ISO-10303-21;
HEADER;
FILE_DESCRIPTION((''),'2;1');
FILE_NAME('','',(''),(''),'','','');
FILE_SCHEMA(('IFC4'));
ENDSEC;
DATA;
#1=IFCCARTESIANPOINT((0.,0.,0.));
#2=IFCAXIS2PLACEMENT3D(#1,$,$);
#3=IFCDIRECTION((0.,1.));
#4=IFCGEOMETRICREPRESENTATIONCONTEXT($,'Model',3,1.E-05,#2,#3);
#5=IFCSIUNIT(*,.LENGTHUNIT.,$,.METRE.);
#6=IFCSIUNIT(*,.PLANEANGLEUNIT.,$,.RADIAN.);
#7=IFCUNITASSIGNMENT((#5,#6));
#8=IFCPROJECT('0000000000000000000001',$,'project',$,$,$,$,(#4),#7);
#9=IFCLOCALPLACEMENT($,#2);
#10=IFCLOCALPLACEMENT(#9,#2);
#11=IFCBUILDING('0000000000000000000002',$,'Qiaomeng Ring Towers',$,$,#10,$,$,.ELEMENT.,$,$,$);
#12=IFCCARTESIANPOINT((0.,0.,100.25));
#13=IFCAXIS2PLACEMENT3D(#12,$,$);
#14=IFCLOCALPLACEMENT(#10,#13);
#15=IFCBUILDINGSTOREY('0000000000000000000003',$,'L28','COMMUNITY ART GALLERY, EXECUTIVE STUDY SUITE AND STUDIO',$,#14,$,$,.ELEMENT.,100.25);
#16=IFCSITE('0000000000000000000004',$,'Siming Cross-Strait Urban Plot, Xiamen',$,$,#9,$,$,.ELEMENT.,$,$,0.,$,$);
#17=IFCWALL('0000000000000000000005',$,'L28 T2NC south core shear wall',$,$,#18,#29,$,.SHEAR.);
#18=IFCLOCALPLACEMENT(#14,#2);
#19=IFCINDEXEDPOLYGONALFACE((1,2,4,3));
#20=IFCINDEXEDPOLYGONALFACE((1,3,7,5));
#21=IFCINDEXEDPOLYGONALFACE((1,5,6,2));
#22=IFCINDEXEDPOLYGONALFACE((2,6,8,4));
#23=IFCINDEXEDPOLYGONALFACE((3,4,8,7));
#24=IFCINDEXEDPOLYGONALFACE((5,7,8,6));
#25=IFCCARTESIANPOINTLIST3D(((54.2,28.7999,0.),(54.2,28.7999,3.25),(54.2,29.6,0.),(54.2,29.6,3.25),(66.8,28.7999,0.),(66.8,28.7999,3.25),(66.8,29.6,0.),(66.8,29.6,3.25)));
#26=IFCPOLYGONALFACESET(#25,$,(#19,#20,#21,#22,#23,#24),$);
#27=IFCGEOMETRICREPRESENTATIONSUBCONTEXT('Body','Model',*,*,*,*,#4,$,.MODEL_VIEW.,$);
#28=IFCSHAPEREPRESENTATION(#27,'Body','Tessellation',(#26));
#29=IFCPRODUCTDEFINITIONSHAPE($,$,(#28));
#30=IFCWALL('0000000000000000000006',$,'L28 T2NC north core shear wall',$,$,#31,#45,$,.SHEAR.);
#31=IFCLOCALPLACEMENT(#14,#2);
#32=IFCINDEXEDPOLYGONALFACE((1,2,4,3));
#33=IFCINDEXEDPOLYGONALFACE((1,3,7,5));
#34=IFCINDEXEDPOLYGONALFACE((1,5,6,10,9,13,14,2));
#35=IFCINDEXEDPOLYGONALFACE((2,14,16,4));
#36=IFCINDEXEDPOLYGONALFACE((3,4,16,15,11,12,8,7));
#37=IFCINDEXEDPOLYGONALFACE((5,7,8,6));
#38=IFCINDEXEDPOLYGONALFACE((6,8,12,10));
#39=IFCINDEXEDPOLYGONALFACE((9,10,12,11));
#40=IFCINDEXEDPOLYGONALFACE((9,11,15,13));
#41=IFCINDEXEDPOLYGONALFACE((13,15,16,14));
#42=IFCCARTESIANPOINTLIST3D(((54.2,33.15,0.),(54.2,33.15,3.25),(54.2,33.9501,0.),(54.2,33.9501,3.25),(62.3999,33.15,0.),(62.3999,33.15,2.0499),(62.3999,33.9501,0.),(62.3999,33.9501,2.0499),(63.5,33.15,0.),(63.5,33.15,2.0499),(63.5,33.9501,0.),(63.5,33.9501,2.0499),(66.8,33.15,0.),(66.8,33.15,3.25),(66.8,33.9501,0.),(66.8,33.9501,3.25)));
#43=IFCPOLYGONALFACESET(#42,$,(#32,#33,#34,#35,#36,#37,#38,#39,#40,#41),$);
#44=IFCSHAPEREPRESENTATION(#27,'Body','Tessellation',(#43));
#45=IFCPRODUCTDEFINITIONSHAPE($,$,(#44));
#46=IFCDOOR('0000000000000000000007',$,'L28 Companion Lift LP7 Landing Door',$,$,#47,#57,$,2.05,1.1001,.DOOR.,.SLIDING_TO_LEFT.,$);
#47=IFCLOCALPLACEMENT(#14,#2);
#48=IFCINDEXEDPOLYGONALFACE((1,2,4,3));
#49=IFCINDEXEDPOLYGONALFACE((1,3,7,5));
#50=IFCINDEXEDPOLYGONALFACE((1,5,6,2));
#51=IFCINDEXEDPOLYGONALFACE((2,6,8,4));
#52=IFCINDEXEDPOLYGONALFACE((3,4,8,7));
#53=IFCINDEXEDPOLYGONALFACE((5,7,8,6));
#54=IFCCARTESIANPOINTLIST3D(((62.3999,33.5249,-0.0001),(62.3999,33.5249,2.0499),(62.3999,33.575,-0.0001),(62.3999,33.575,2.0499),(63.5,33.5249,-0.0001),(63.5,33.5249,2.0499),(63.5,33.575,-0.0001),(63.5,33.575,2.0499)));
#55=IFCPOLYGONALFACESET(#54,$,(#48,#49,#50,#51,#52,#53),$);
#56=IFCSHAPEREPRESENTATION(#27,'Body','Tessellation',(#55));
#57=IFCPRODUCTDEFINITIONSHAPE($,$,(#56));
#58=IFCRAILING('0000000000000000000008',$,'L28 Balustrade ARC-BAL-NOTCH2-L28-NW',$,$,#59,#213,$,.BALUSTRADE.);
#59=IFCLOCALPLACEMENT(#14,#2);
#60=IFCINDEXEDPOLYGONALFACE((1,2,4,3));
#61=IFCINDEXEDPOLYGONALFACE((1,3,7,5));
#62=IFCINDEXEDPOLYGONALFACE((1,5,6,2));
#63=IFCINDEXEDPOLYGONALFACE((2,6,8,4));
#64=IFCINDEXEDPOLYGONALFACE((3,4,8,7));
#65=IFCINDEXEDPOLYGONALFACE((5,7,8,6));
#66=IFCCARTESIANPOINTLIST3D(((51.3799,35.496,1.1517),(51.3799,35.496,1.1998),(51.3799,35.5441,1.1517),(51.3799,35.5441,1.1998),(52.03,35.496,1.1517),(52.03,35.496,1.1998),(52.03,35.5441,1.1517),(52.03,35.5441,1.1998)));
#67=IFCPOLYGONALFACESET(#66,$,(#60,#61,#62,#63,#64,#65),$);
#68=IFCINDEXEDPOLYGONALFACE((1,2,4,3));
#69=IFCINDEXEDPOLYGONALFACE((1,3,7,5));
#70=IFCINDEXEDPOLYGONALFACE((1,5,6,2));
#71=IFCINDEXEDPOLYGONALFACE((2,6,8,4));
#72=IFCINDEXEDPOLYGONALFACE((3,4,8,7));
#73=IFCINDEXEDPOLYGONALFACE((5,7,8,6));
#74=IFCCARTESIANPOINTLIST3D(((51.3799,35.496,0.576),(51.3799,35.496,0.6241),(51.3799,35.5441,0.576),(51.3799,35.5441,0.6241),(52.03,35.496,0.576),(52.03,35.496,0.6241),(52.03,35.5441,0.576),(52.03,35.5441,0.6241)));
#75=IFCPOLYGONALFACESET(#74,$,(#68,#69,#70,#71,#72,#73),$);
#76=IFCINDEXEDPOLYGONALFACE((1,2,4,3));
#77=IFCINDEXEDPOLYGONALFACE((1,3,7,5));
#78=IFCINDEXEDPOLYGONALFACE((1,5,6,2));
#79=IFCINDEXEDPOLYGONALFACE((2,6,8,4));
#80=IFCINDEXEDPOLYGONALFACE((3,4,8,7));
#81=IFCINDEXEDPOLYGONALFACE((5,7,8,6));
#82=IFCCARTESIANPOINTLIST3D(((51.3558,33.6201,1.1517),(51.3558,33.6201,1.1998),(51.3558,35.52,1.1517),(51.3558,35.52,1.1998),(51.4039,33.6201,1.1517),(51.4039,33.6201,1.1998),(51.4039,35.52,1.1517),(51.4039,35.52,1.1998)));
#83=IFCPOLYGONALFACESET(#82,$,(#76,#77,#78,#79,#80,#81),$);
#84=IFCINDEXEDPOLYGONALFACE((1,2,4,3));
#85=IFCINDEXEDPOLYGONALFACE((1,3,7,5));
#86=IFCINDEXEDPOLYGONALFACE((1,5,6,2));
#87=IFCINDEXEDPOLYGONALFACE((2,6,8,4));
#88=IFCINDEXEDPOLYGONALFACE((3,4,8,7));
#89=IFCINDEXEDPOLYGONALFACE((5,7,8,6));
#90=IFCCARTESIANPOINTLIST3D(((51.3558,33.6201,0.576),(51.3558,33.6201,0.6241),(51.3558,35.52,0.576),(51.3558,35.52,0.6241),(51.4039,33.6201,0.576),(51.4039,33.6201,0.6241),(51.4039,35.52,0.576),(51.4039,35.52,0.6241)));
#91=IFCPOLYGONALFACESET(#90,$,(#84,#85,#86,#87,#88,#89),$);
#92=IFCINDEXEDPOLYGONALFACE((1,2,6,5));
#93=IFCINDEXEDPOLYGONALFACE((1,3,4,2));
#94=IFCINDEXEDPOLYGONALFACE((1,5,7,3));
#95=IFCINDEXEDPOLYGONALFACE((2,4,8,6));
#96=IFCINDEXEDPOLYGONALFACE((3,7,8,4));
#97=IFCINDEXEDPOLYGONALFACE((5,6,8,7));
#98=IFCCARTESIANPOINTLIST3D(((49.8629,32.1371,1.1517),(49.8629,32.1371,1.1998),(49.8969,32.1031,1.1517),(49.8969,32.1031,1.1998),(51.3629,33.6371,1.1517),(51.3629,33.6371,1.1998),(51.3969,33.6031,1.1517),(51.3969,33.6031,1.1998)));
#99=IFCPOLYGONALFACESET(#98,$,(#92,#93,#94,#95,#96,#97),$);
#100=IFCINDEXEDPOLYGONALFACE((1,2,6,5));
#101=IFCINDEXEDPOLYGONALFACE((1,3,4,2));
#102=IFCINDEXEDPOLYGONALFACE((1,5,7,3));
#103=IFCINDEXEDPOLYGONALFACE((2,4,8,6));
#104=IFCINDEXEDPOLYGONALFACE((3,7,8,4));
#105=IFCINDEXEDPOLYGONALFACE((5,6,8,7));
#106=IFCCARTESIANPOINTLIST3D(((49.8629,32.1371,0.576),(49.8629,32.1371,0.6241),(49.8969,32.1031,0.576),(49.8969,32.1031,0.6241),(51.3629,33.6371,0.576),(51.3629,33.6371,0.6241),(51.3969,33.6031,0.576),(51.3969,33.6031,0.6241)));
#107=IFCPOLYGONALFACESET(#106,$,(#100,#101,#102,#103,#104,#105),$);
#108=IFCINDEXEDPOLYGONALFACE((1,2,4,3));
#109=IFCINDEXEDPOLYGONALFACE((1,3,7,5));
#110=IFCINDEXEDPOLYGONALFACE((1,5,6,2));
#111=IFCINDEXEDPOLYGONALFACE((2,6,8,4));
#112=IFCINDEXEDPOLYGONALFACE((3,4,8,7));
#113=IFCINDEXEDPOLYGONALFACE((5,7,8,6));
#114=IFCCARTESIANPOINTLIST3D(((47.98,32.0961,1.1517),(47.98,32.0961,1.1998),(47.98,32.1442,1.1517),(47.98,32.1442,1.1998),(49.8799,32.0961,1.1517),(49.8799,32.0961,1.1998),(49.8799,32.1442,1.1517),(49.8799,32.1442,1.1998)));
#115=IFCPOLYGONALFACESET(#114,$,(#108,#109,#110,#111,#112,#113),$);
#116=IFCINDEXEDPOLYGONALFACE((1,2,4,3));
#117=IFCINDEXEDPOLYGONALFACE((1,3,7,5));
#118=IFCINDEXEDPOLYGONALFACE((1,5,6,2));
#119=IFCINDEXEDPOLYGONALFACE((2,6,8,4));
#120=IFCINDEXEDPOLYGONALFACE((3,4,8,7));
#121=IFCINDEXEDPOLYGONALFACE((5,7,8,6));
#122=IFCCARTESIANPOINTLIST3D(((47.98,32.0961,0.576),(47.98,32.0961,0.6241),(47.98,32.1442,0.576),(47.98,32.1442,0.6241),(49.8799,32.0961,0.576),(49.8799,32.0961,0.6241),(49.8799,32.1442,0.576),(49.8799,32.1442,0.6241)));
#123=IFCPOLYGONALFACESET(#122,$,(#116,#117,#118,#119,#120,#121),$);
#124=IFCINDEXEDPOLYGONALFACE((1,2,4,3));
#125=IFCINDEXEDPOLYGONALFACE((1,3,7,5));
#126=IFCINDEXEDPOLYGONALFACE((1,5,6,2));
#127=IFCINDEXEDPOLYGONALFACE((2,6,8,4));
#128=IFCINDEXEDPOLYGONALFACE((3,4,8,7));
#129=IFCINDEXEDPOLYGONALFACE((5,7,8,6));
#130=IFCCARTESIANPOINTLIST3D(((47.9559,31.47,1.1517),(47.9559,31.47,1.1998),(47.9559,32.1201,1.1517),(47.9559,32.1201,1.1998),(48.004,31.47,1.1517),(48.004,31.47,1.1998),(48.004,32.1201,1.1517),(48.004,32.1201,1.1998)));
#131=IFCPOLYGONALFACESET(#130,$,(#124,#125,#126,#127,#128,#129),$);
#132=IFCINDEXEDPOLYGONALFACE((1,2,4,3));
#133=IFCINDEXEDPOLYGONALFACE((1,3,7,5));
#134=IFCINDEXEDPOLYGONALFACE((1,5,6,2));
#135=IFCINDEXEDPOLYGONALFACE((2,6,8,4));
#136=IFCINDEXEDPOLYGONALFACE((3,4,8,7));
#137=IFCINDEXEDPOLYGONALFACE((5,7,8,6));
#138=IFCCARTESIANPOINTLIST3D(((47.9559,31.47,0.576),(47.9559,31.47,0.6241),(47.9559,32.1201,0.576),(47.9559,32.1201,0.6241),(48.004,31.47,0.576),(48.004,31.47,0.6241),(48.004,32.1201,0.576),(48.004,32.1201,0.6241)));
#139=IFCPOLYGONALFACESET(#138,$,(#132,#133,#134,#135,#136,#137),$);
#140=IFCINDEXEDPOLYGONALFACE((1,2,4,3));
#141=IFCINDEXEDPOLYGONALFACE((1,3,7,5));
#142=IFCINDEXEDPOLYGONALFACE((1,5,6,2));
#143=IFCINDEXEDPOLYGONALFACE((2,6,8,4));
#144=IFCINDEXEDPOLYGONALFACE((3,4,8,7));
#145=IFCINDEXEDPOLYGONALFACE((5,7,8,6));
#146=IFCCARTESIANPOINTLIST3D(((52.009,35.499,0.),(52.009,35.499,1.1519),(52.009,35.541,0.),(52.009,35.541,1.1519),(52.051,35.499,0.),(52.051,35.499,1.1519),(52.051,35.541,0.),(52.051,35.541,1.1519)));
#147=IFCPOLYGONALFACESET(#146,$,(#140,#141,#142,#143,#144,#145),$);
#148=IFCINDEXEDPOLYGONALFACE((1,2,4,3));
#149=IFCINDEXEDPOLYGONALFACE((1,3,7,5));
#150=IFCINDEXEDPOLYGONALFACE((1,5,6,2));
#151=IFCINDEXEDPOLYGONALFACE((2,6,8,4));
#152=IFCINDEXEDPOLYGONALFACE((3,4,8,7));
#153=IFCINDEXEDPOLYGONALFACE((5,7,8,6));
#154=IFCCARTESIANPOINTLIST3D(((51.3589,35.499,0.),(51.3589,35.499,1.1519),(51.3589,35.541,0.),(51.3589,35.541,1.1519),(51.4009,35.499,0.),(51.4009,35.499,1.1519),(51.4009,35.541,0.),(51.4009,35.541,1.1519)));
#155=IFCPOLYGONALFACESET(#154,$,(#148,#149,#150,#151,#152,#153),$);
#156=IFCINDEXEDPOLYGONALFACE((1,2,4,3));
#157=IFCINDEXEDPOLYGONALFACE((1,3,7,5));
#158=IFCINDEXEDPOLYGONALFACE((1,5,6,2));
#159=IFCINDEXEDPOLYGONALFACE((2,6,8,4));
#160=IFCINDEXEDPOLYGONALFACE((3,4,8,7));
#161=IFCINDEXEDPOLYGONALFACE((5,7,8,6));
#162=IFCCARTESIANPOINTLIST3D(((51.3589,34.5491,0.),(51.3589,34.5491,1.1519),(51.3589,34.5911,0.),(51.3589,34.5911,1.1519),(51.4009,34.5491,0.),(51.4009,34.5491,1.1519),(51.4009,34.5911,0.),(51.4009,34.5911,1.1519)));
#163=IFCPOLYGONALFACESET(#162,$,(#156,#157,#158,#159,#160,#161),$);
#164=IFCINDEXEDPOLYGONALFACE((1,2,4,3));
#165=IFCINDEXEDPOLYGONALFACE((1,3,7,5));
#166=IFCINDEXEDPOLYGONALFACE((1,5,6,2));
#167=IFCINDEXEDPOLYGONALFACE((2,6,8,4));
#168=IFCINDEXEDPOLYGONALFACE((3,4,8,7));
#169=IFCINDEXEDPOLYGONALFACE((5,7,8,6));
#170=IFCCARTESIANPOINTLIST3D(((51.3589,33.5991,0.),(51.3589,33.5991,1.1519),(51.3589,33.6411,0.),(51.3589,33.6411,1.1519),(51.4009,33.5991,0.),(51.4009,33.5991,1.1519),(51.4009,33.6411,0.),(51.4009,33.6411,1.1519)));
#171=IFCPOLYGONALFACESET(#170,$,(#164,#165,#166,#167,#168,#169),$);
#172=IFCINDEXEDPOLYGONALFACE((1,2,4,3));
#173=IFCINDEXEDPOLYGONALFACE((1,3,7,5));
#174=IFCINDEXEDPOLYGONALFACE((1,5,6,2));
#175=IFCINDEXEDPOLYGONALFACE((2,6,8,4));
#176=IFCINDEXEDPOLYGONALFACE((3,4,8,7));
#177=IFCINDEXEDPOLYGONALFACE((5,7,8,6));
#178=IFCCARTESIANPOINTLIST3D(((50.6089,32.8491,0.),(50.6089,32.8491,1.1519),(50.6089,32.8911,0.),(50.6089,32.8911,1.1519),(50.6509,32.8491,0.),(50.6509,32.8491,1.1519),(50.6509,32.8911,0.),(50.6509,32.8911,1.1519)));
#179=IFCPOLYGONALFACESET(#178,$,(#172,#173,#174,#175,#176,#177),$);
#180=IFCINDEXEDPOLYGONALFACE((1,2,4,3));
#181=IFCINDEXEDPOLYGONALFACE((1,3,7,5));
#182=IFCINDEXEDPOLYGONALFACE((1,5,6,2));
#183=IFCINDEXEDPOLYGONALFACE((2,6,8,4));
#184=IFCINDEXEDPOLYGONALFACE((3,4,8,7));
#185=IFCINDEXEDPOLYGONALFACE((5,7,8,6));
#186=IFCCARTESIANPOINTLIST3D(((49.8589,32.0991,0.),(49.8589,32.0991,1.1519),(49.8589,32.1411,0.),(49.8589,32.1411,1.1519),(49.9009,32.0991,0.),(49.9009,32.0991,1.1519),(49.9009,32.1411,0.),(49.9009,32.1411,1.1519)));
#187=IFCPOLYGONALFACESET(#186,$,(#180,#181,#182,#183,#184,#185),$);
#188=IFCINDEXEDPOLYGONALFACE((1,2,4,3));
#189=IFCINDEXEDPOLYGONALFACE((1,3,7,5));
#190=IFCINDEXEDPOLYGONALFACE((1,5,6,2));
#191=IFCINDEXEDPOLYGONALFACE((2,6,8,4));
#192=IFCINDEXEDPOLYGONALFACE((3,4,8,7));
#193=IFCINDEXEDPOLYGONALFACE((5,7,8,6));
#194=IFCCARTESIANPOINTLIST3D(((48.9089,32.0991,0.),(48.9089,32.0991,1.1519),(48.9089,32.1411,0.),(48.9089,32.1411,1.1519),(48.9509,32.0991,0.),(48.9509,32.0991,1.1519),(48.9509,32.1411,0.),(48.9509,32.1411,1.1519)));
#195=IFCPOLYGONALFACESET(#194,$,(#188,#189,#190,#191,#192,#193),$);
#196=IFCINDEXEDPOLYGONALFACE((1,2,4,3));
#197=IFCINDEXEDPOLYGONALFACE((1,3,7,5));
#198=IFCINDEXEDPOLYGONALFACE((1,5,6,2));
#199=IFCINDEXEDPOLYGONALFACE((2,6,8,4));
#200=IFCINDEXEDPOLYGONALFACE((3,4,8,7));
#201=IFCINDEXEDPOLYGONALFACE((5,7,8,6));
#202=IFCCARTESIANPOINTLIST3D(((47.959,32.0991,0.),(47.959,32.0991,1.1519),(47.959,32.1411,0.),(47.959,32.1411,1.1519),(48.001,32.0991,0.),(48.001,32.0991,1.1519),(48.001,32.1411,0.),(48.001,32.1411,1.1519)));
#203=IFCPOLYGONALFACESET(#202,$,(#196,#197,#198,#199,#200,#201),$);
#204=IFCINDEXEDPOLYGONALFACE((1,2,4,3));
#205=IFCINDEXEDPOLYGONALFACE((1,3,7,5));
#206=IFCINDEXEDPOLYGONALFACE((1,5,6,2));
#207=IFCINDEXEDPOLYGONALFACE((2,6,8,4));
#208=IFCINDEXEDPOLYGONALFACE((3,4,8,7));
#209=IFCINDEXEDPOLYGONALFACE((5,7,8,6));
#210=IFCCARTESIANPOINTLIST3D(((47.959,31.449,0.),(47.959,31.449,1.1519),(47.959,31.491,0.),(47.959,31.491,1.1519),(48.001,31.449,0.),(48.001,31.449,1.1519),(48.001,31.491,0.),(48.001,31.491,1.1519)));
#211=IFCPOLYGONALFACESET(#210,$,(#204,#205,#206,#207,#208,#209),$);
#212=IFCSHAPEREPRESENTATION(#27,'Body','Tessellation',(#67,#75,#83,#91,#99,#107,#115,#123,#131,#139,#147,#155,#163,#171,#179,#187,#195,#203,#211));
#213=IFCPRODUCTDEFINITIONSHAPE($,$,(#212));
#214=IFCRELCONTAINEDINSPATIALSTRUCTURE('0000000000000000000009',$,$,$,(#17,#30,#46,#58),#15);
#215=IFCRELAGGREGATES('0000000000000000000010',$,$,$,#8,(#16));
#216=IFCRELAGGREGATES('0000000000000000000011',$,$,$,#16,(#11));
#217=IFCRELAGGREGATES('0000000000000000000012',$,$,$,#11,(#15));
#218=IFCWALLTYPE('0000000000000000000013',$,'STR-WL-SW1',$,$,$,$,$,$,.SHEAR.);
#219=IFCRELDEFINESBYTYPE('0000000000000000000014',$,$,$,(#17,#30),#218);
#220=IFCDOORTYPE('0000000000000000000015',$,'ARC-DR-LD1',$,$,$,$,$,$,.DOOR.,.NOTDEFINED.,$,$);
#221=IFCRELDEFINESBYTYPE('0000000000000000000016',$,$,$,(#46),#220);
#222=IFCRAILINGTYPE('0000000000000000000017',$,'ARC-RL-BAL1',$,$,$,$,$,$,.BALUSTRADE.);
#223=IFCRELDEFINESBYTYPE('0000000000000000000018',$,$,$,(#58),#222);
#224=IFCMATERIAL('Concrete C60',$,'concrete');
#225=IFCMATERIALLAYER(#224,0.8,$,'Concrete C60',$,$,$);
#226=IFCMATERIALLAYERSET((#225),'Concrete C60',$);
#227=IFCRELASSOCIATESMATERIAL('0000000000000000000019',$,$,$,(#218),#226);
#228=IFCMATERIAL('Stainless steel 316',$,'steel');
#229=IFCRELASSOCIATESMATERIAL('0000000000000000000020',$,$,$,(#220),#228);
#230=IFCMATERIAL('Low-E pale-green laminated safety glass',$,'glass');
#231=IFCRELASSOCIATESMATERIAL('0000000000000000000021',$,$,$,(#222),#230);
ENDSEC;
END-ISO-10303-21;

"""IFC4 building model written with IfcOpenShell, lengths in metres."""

from ifc_helpers import new_model, si_unit, direction, frame, frame_2d, origin, origin_2d, place, context, subcontext, project, spatial, rectangle, extrude, source, transform, mapped, material, layer, layer_set, type_object, element, fill, save


model = new_model("IFC4")

# Units and contexts
model_context = context("Model", 3, precision=1e-05, world=origin(), true_north=direction((0.0, 1.0)))
body_context = subcontext(model_context, "Body", "Model", "MODEL_VIEW")
ifc_project = project(units=[si_unit("LENGTHUNIT", "METRE"), si_unit("PLANEANGLEUNIT", "RADIAN")], contexts=[model_context])

# Site, building, storey
site_placement = place(None, origin())
site = spatial("IfcSite", under=ifc_project, at=site_placement, Name="Siming Cross-Strait Urban Plot, Xiamen", CompositionType="ELEMENT", RefElevation=0.0)
building_placement = place(site_placement, origin())
building = spatial("IfcBuilding", under=site, at=building_placement, Name="Qiaomeng Ring Towers", CompositionType="ELEMENT")
storey_placement = place(building_placement, frame((0.0, 0.0, 100.25)))
storey = spatial("IfcBuildingStorey", under=building, at=storey_placement, Name="L28", Description="COMMUNITY ART GALLERY, EXECUTIVE STUDY SUITE AND STUDIO", CompositionType="ELEMENT", Elevation=100.25)

# Wall
ifc_material_1 = material(Name="Concrete C60", Category="concrete")
ifc_layer_1 = layer(ifc_material_1, 0.8, Name="Concrete C60")
ifc_layer_set_1 = layer_set([ifc_layer_1], Name="Concrete C60")
wall_type_1 = type_object("IfcWallType", Name="STR-WL-SW1", PredefinedType="SHEAR", material=ifc_layer_set_1)
wall_1_placement = place(storey_placement, frame((54.2, 29.2, 0.0), z_axis=(0.0, 0.0, 1.0), x_axis=(1.0, 0.0, 0.0)))
element("IfcWall", 1, at=wall_1_placement, inside=storey, type_object=wall_type_1, Name="L28 T2NC south core shear wall", PredefinedType="SHEAR", context=body_context, shape_type="SweptSolid", body=[
    extrude(rectangle(XDim=12.6001, YDim=0.8, at=frame_2d((6.3, 0.0))), origin(), (0.0, 0.0, 1.0), 3.25),
])

# Wall, opening, door
wall_2_placement = place(storey_placement, frame((54.2, 33.55, 0.0), z_axis=(0.0, 0.0, 1.0), x_axis=(1.0, 0.0, 0.0)))
wall_2 = element("IfcWall", 2, at=wall_2_placement, inside=storey, type_object=wall_type_1, Name="L28 T2NC north core shear wall", PredefinedType="SHEAR", context=body_context, shape_type="SweptSolid", body=[
    extrude(rectangle(XDim=12.6001, YDim=0.8, at=frame_2d((6.3, 0.0))), origin(), (0.0, 0.0, 1.0), 3.25),
])
opening_placement = place(wall_2_placement, frame((8.2, 0.0, 0.0)))
opening = element("IfcOpeningElement", 3, at=opening_placement, cuts=wall_2, PredefinedType="OPENING", context=body_context, shape_type="SweptSolid", body=[
    extrude(rectangle(XDim=1.1001, YDim=2.05, at=frame_2d((0.55, 1.0249))), frame((0.0, 0.4099, 0.0), z_axis=(0.0, -1.0, 0.0), x_axis=(1.0, 0.0, 0.0)), (0.0, 0.0, 1.0), 0.8201),
])
ifc_material_2 = material(Name="Stainless steel 316", Category="steel")
door_type = type_object("IfcDoorType", Name="ARC-DR-LD1", OperationType="NOTDEFINED", PredefinedType="DOOR", material=ifc_material_2)
shared_shape_1 = source(origin(), body_context, "Body", "SweptSolid", [
    extrude(rectangle(XDim=1.1001, YDim=2.05, at=frame_2d((0.55, 1.0249))), frame((0.0, 0.0249, 0.0), z_axis=(0.0, -1.0, 0.0), x_axis=(1.0, 0.0, 0.0)), (0.0, 0.0, 1.0), 0.05),
])
door_placement = place(opening_placement, origin())
door = element("IfcDoor", 4, at=door_placement, inside=storey, type_object=door_type, Name="L28 Companion Lift LP7 Landing Door", OperationType="SLIDING_TO_LEFT", OverallHeight=2.05, OverallWidth=1.1001, PredefinedType="DOOR", context=body_context, shape_type="MappedRepresentation", body=[
    mapped(shared_shape_1, transform((0.0, 0.0, 0.0), x_axis=(1.0, 0.0, 0.0), y_axis=(0.0, 1.0, 0.0), z_axis=(0.0, 0.0, 1.0), scale=1.0)),
])
fill(opening, door)

# Railing
ifc_material_3 = material(Name="Low-E pale-green laminated safety glass", Category="glass")
railing_type = type_object("IfcRailingType", Name="ARC-RL-BAL1", PredefinedType="BALUSTRADE", material=ifc_material_3)
railing_1_placement = place(storey_placement, frame((52.03, 35.52, 0.0)))
element("IfcRailing", 5, at=railing_1_placement, inside=storey, type_object=railing_type, Name="L28 Balustrade ARC-BAL-NOTCH2-L28-NW", PredefinedType="BALUSTRADE", context=body_context, shape_type="SweptSolid", body=[
    extrude(rectangle(XDim=0.0481, YDim=0.0481, at=origin_2d()), frame((0.0, 0.0, 1.1758), z_axis=(-1.0, 0.0, 0.0), x_axis=(0.0, -1.0, 0.0)), (0.0, 0.0, 1.0), 0.6501),
    extrude(rectangle(XDim=0.0481, YDim=0.0481, at=origin_2d()), frame((0.0, 0.0, 0.6001), z_axis=(-1.0, 0.0, 0.0), x_axis=(0.0, -1.0, 0.0)), (0.0, 0.0, 1.0), 0.6501),
    extrude(rectangle(XDim=0.0481, YDim=0.0481, at=origin_2d()), frame((-0.6501, 0.0, 1.1758), z_axis=(0.0, -1.0, 0.0), x_axis=(1.0, 0.0, 0.0)), (0.0, 0.0, 1.0), 1.8999),
    extrude(rectangle(XDim=0.0481, YDim=0.0481, at=origin_2d()), frame((-0.6501, 0.0, 0.6001), z_axis=(0.0, -1.0, 0.0), x_axis=(1.0, 0.0, 0.0)), (0.0, 0.0, 1.0), 1.8999),
    extrude(rectangle(XDim=0.0481, YDim=0.0481, at=origin_2d()), frame((-0.6501, -1.8999, 1.1758), z_axis=(-0.707107, -0.707107, 0.0), x_axis=(0.707107, -0.707107, 0.0)), (0.0, 0.0, 1.0), 2.1213),
    extrude(rectangle(XDim=0.0481, YDim=0.0481, at=origin_2d()), frame((-0.6501, -1.8999, 0.6001), z_axis=(-0.707107, -0.707107, 0.0), x_axis=(0.707107, -0.707107, 0.0)), (0.0, 0.0, 1.0), 2.1213),
    extrude(rectangle(XDim=0.0481, YDim=0.0481, at=origin_2d()), frame((-2.1501, -3.3999, 1.1758), z_axis=(-1.0, 0.0, 0.0), x_axis=(0.0, -1.0, 0.0)), (0.0, 0.0, 1.0), 1.8999),
    extrude(rectangle(XDim=0.0481, YDim=0.0481, at=origin_2d()), frame((-2.1501, -3.3999, 0.6001), z_axis=(-1.0, 0.0, 0.0), x_axis=(0.0, -1.0, 0.0)), (0.0, 0.0, 1.0), 1.8999),
    extrude(rectangle(XDim=0.0481, YDim=0.0481, at=origin_2d()), frame((-4.05, -3.3999, 1.1758), z_axis=(0.0, -1.0, 0.0), x_axis=(1.0, 0.0, 0.0)), (0.0, 0.0, 1.0), 0.6501),
    extrude(rectangle(XDim=0.0481, YDim=0.0481, at=origin_2d()), frame((-4.05, -3.3999, 0.6001), z_axis=(0.0, -1.0, 0.0), x_axis=(1.0, 0.0, 0.0)), (0.0, 0.0, 1.0), 0.6501),
    extrude(rectangle(XDim=0.042, YDim=0.042, at=origin_2d()), origin(), (0.0, 0.0, 1.0), 1.1519),
    extrude(rectangle(XDim=0.042, YDim=0.042, at=origin_2d()), frame((-0.6501, 0.0, 0.0)), (0.0, 0.0, 1.0), 1.1519),
    extrude(rectangle(XDim=0.042, YDim=0.042, at=origin_2d()), frame((-0.6501, -0.95, 0.0)), (0.0, 0.0, 1.0), 1.1519),
    extrude(rectangle(XDim=0.042, YDim=0.042, at=origin_2d()), frame((-0.6501, -1.8999, 0.0)), (0.0, 0.0, 1.0), 1.1519),
    extrude(rectangle(XDim=0.042, YDim=0.042, at=origin_2d()), frame((-1.4001, -2.6499, 0.0)), (0.0, 0.0, 1.0), 1.1519),
    extrude(rectangle(XDim=0.042, YDim=0.042, at=origin_2d()), frame((-2.1501, -3.3999, 0.0)), (0.0, 0.0, 1.0), 1.1519),
    extrude(rectangle(XDim=0.042, YDim=0.042, at=origin_2d()), frame((-3.1001, -3.3999, 0.0)), (0.0, 0.0, 1.0), 1.1519),
    extrude(rectangle(XDim=0.042, YDim=0.042, at=origin_2d()), frame((-4.05, -3.3999, 0.0)), (0.0, 0.0, 1.0), 1.1519),
    extrude(rectangle(XDim=0.042, YDim=0.042, at=origin_2d()), frame((-4.05, -4.05, 0.0)), (0.0, 0.0, 1.0), 1.1519),
])

save(model, "model.ifc")
